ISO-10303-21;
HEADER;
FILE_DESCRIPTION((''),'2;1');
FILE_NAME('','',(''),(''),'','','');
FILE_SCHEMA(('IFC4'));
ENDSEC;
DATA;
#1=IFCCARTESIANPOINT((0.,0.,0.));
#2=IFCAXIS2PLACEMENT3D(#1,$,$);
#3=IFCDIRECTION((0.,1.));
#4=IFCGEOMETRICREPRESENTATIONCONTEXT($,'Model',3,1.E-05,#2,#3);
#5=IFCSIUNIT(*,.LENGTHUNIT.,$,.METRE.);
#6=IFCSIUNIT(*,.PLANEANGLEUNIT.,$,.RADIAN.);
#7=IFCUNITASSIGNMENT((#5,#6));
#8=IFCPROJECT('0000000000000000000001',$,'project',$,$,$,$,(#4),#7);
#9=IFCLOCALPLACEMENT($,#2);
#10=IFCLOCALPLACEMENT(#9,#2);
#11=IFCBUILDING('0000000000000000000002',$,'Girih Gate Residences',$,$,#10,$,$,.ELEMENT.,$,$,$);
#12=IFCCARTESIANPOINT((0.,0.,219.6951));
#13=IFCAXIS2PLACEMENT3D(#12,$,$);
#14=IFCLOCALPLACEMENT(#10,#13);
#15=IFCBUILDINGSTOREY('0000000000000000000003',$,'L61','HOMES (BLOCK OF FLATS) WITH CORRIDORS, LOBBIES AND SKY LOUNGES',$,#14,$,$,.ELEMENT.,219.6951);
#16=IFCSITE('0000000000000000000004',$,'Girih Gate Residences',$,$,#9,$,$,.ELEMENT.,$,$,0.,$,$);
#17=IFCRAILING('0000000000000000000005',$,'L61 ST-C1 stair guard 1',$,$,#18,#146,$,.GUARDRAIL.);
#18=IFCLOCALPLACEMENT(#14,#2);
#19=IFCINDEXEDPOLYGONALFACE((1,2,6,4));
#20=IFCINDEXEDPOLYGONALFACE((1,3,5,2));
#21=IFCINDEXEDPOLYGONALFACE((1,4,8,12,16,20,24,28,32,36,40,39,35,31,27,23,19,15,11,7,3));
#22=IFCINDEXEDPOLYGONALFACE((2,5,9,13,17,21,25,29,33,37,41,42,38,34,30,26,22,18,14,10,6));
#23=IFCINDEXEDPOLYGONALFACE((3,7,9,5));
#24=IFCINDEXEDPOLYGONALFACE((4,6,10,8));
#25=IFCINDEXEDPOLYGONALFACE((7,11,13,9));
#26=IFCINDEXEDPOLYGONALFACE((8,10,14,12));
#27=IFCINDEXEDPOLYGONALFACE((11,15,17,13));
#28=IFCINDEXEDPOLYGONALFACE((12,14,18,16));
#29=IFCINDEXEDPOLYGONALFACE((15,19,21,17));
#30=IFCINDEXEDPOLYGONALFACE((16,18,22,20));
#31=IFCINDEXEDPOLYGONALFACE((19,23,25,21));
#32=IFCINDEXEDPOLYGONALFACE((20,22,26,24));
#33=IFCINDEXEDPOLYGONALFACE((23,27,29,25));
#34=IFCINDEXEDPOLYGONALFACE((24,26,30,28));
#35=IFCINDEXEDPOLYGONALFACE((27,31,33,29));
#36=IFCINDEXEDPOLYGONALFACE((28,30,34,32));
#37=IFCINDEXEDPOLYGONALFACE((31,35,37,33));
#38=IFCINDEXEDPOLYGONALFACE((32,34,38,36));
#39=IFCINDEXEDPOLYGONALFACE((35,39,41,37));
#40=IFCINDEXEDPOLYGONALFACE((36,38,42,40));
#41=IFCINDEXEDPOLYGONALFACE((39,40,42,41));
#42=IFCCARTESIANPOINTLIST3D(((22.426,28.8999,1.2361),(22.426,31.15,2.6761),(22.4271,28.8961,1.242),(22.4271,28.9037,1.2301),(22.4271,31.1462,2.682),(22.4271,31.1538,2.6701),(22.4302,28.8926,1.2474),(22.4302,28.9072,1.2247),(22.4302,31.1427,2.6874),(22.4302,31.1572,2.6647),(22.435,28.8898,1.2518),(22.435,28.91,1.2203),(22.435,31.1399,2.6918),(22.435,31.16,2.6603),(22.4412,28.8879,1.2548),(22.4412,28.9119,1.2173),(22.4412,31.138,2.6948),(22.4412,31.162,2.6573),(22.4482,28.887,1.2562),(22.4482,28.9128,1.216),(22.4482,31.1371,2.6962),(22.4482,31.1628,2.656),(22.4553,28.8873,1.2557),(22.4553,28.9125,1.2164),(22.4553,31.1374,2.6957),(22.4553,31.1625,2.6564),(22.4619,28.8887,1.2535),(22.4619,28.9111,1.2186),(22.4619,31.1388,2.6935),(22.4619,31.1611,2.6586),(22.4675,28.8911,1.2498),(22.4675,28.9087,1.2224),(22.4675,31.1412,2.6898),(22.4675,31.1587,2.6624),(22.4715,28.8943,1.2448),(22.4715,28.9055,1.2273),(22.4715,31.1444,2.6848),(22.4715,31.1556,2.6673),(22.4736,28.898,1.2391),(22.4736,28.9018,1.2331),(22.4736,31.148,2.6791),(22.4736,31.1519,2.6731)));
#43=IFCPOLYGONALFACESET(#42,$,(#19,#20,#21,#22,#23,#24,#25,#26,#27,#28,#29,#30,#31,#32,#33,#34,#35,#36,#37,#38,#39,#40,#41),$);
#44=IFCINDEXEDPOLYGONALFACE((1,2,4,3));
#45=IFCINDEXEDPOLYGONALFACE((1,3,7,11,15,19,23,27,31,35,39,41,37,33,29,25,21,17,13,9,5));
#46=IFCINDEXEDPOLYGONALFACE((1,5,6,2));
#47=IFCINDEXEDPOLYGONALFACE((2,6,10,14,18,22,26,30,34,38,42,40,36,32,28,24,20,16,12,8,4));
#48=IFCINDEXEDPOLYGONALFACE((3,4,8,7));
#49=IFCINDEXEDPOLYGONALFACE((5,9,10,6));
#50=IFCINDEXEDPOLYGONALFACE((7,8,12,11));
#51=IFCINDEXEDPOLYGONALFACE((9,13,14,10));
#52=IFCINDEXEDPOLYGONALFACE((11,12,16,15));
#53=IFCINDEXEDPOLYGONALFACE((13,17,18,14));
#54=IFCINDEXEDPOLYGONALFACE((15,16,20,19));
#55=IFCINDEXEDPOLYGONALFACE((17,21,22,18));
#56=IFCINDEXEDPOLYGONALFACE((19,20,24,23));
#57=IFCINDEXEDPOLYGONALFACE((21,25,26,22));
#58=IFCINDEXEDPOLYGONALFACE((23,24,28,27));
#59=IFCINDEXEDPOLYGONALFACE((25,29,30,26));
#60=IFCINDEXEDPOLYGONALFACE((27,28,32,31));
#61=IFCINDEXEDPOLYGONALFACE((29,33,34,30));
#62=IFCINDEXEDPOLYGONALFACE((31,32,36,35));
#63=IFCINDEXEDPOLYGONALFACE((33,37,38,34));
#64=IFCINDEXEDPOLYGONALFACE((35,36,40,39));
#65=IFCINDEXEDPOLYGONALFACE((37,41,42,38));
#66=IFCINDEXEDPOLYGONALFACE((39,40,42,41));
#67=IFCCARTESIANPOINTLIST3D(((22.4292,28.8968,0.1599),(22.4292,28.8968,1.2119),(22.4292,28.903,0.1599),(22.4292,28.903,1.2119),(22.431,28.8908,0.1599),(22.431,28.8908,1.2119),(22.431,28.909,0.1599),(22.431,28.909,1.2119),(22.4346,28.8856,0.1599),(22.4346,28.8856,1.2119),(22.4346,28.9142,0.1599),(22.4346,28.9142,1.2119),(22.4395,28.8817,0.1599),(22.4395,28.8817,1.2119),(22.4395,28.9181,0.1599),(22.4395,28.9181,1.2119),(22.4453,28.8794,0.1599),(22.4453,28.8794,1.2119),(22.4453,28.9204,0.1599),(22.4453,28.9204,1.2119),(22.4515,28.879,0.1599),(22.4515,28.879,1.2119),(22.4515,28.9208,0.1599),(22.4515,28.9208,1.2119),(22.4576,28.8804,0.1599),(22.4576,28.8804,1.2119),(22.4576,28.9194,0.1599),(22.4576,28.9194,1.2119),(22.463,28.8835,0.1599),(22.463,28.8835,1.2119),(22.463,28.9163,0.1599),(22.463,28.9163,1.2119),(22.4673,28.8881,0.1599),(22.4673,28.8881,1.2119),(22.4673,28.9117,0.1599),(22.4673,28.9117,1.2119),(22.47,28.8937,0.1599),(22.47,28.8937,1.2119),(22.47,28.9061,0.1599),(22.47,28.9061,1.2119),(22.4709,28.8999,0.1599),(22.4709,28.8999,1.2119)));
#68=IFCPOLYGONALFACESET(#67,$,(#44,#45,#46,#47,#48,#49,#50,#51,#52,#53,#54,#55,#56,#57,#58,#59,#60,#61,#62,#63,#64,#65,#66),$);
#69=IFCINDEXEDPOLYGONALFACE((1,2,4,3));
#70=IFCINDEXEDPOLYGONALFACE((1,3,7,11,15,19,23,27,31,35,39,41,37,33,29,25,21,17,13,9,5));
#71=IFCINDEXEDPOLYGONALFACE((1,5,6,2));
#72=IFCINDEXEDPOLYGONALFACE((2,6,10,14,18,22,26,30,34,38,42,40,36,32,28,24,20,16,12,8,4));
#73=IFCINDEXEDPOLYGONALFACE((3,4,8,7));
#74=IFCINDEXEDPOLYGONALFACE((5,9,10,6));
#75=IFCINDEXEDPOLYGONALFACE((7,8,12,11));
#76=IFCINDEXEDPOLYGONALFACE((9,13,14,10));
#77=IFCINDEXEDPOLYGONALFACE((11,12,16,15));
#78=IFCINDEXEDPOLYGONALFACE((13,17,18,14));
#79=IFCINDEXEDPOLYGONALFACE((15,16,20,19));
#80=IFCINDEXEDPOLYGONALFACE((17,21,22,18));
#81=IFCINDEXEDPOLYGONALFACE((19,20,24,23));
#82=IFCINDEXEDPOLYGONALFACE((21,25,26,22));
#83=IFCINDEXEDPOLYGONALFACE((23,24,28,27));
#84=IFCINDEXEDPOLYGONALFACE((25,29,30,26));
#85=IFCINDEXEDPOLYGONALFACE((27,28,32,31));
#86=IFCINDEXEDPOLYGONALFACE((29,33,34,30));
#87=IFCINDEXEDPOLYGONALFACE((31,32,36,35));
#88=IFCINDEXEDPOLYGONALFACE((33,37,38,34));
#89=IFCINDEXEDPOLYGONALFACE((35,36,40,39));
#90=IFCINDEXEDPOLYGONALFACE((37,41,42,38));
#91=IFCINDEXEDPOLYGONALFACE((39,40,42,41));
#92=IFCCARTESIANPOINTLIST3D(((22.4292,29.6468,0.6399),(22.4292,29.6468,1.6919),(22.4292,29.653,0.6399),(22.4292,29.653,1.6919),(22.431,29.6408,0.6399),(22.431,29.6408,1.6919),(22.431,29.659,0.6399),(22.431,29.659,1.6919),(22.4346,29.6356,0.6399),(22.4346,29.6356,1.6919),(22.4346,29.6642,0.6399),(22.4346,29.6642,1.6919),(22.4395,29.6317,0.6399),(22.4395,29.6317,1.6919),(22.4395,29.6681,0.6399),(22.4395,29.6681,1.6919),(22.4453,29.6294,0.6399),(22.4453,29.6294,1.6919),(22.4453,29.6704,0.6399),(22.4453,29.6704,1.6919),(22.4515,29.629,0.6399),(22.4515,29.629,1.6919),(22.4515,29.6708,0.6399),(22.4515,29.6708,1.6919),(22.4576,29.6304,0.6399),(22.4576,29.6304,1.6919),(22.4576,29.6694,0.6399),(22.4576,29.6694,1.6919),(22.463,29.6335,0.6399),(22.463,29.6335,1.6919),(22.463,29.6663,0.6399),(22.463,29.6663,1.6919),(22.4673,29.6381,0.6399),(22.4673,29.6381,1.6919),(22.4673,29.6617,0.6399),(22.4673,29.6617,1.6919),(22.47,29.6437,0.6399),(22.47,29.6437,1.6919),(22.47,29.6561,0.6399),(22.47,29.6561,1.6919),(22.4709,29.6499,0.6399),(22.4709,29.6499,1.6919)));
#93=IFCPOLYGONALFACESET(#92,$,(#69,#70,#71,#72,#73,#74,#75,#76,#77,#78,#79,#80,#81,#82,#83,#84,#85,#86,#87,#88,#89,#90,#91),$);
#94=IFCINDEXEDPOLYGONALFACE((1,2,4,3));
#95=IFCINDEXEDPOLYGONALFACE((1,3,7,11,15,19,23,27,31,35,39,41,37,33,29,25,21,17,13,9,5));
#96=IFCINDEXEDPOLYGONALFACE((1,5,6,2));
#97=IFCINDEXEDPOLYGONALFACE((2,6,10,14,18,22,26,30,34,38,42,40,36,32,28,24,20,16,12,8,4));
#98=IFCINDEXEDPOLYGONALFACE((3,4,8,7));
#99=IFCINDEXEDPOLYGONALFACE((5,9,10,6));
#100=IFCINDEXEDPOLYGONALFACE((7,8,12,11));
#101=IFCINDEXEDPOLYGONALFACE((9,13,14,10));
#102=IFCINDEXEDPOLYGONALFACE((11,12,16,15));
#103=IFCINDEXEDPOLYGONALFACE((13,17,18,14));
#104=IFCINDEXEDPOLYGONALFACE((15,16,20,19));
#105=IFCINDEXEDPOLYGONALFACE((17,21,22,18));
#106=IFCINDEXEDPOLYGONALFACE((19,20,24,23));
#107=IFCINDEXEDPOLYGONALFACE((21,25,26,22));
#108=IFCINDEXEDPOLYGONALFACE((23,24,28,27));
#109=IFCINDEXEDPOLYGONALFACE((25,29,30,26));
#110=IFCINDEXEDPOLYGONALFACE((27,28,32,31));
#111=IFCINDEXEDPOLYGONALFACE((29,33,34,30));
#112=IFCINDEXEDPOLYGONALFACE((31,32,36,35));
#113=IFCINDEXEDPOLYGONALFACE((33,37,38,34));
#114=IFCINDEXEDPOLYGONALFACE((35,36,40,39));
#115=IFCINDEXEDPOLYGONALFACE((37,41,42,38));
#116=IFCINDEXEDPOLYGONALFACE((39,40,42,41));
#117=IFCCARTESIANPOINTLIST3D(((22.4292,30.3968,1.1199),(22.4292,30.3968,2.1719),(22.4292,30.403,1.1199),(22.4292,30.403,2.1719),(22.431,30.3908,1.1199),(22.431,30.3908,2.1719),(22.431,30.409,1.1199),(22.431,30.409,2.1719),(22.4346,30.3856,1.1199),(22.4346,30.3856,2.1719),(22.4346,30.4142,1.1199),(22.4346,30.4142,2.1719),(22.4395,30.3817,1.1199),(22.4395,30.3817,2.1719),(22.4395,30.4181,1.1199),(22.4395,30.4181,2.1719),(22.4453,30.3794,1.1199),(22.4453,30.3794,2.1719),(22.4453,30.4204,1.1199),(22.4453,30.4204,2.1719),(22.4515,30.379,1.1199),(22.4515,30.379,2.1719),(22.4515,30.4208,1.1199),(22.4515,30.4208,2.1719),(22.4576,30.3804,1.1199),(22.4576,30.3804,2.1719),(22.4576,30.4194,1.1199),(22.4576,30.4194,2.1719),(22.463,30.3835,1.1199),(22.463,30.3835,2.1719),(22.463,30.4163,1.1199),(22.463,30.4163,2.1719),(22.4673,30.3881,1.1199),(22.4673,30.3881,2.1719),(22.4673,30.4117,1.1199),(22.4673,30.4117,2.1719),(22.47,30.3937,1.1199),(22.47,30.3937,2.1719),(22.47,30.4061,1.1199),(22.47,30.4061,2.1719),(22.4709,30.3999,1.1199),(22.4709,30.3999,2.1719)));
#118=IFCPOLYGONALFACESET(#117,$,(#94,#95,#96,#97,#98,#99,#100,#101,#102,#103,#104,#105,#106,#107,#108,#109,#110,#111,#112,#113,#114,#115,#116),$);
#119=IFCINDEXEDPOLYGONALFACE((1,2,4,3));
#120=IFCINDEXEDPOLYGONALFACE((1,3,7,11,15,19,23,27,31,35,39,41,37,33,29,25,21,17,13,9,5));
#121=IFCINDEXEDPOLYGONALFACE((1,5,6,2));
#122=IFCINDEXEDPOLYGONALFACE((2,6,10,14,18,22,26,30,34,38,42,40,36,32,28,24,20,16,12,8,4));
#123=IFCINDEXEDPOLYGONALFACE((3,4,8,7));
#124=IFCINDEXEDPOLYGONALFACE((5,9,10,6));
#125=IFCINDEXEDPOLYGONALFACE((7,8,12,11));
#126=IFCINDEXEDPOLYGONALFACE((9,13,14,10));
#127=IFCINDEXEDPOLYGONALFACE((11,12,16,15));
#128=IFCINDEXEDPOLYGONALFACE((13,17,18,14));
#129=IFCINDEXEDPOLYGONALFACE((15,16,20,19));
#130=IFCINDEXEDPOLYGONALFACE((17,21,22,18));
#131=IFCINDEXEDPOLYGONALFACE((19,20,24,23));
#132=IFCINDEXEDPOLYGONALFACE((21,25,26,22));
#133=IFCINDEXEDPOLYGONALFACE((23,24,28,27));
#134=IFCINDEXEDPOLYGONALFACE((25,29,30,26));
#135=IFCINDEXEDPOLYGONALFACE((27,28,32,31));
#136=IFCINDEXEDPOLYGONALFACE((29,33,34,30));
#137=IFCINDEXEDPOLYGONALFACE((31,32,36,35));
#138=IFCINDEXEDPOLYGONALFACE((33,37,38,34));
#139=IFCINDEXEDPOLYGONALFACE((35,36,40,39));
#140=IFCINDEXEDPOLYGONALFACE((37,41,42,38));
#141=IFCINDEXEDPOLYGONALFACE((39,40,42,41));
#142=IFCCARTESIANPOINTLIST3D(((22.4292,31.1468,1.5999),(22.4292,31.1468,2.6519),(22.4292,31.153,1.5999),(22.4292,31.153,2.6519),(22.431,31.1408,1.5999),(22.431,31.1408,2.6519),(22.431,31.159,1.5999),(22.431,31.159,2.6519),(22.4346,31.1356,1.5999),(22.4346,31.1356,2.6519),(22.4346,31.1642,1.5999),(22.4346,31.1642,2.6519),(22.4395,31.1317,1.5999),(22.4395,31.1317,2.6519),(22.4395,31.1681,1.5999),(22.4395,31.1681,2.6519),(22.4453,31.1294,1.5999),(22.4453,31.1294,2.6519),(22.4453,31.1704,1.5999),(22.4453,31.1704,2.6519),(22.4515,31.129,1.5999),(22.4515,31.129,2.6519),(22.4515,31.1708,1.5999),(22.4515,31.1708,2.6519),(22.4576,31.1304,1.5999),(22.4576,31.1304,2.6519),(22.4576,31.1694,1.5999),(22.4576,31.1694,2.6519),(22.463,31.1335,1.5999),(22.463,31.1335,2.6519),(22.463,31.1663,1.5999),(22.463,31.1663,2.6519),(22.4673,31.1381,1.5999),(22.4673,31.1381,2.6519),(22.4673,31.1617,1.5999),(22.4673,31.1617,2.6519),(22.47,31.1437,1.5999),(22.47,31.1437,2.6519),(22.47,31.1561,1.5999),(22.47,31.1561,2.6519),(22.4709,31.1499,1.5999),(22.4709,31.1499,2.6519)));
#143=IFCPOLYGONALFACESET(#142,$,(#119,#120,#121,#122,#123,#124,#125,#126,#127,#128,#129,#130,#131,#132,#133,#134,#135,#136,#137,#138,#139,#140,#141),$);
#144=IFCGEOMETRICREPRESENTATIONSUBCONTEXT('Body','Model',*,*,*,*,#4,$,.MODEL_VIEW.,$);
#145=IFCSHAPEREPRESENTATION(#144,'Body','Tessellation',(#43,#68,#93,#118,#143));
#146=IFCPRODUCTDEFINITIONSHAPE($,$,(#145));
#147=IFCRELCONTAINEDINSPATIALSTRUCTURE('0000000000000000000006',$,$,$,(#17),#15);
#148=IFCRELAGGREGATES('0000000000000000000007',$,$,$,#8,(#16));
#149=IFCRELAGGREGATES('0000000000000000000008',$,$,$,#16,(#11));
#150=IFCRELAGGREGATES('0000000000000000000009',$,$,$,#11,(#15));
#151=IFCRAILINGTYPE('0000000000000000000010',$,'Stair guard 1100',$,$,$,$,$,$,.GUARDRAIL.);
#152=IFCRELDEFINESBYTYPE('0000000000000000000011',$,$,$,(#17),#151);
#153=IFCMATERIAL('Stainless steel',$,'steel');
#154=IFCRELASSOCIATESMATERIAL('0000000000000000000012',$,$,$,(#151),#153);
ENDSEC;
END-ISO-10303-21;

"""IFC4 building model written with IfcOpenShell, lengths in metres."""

from ifc_helpers import new_model, si_unit, direction, frame, origin, origin_2d, place, context, subcontext, project, spatial, circle, extrude, material, type_object, element, save


model = new_model("IFC4")

# Units and contexts
model_context = context("Model", 3, precision=1e-05, world=origin(), true_north=direction((0.0, 1.0)))
body_context = subcontext(model_context, "Body", "Model", "MODEL_VIEW")
ifc_project = project(units=[si_unit("LENGTHUNIT", "METRE"), si_unit("PLANEANGLEUNIT", "RADIAN")], contexts=[model_context])

# Site, building, storey
site_placement = place(None, origin())
site = spatial("IfcSite", under=ifc_project, at=site_placement, Name="Girih Gate Residences", CompositionType="ELEMENT", RefElevation=0.0)
building_placement = place(site_placement, origin())
building = spatial("IfcBuilding", under=site, at=building_placement, Name="Girih Gate Residences", CompositionType="ELEMENT")
storey_placement = place(building_placement, frame((0.0, 0.0, 219.6951)))
storey = spatial("IfcBuildingStorey", under=building, at=storey_placement, Name="L61", Description="HOMES (BLOCK OF FLATS) WITH CORRIDORS, LOBBIES AND SKY LOUNGES", CompositionType="ELEMENT", Elevation=219.6951)

# Railing
ifc_material_1 = material(Name="Stainless steel", Category="steel")
railing_type_1 = type_object("IfcRailingType", Name="Stair guard 1100", PredefinedType="GUARDRAIL", material=ifc_material_1)
railing_1_placement = place(storey_placement, frame((22.45, 28.8999, 0.1599)))
element("IfcRailing", 1, at=railing_1_placement, inside=storey, type_object=railing_type_1, Name="L61 ST-C1 stair guard 1", PredefinedType="GUARDRAIL", context=body_context, shape_type="SweptSolid", body=[
    extrude(circle(Radius=0.0239, at=origin_2d()), frame((0.0, 0.0, 1.0762), z_axis=(0.0, 0.842281, 0.539038), x_axis=(-1.0, 0.0, 0.0)), (0.0, 0.0, 1.0), 2.6714),
    extrude(circle(Radius=0.021, at=origin_2d()), origin(), (0.0, 0.0, 1.0), 1.052),
    extrude(circle(Radius=0.021, at=origin_2d()), frame((0.0, 0.75, 0.48)), (0.0, 0.0, 1.0), 1.052),
    extrude(circle(Radius=0.021, at=origin_2d()), frame((0.0, 1.5, 0.96)), (0.0, 0.0, 1.0), 1.052),
    extrude(circle(Radius=0.021, at=origin_2d()), frame((0.0, 2.25, 1.4399)), (0.0, 0.0, 1.0), 1.052),
])

save(model, "model.ifc")
